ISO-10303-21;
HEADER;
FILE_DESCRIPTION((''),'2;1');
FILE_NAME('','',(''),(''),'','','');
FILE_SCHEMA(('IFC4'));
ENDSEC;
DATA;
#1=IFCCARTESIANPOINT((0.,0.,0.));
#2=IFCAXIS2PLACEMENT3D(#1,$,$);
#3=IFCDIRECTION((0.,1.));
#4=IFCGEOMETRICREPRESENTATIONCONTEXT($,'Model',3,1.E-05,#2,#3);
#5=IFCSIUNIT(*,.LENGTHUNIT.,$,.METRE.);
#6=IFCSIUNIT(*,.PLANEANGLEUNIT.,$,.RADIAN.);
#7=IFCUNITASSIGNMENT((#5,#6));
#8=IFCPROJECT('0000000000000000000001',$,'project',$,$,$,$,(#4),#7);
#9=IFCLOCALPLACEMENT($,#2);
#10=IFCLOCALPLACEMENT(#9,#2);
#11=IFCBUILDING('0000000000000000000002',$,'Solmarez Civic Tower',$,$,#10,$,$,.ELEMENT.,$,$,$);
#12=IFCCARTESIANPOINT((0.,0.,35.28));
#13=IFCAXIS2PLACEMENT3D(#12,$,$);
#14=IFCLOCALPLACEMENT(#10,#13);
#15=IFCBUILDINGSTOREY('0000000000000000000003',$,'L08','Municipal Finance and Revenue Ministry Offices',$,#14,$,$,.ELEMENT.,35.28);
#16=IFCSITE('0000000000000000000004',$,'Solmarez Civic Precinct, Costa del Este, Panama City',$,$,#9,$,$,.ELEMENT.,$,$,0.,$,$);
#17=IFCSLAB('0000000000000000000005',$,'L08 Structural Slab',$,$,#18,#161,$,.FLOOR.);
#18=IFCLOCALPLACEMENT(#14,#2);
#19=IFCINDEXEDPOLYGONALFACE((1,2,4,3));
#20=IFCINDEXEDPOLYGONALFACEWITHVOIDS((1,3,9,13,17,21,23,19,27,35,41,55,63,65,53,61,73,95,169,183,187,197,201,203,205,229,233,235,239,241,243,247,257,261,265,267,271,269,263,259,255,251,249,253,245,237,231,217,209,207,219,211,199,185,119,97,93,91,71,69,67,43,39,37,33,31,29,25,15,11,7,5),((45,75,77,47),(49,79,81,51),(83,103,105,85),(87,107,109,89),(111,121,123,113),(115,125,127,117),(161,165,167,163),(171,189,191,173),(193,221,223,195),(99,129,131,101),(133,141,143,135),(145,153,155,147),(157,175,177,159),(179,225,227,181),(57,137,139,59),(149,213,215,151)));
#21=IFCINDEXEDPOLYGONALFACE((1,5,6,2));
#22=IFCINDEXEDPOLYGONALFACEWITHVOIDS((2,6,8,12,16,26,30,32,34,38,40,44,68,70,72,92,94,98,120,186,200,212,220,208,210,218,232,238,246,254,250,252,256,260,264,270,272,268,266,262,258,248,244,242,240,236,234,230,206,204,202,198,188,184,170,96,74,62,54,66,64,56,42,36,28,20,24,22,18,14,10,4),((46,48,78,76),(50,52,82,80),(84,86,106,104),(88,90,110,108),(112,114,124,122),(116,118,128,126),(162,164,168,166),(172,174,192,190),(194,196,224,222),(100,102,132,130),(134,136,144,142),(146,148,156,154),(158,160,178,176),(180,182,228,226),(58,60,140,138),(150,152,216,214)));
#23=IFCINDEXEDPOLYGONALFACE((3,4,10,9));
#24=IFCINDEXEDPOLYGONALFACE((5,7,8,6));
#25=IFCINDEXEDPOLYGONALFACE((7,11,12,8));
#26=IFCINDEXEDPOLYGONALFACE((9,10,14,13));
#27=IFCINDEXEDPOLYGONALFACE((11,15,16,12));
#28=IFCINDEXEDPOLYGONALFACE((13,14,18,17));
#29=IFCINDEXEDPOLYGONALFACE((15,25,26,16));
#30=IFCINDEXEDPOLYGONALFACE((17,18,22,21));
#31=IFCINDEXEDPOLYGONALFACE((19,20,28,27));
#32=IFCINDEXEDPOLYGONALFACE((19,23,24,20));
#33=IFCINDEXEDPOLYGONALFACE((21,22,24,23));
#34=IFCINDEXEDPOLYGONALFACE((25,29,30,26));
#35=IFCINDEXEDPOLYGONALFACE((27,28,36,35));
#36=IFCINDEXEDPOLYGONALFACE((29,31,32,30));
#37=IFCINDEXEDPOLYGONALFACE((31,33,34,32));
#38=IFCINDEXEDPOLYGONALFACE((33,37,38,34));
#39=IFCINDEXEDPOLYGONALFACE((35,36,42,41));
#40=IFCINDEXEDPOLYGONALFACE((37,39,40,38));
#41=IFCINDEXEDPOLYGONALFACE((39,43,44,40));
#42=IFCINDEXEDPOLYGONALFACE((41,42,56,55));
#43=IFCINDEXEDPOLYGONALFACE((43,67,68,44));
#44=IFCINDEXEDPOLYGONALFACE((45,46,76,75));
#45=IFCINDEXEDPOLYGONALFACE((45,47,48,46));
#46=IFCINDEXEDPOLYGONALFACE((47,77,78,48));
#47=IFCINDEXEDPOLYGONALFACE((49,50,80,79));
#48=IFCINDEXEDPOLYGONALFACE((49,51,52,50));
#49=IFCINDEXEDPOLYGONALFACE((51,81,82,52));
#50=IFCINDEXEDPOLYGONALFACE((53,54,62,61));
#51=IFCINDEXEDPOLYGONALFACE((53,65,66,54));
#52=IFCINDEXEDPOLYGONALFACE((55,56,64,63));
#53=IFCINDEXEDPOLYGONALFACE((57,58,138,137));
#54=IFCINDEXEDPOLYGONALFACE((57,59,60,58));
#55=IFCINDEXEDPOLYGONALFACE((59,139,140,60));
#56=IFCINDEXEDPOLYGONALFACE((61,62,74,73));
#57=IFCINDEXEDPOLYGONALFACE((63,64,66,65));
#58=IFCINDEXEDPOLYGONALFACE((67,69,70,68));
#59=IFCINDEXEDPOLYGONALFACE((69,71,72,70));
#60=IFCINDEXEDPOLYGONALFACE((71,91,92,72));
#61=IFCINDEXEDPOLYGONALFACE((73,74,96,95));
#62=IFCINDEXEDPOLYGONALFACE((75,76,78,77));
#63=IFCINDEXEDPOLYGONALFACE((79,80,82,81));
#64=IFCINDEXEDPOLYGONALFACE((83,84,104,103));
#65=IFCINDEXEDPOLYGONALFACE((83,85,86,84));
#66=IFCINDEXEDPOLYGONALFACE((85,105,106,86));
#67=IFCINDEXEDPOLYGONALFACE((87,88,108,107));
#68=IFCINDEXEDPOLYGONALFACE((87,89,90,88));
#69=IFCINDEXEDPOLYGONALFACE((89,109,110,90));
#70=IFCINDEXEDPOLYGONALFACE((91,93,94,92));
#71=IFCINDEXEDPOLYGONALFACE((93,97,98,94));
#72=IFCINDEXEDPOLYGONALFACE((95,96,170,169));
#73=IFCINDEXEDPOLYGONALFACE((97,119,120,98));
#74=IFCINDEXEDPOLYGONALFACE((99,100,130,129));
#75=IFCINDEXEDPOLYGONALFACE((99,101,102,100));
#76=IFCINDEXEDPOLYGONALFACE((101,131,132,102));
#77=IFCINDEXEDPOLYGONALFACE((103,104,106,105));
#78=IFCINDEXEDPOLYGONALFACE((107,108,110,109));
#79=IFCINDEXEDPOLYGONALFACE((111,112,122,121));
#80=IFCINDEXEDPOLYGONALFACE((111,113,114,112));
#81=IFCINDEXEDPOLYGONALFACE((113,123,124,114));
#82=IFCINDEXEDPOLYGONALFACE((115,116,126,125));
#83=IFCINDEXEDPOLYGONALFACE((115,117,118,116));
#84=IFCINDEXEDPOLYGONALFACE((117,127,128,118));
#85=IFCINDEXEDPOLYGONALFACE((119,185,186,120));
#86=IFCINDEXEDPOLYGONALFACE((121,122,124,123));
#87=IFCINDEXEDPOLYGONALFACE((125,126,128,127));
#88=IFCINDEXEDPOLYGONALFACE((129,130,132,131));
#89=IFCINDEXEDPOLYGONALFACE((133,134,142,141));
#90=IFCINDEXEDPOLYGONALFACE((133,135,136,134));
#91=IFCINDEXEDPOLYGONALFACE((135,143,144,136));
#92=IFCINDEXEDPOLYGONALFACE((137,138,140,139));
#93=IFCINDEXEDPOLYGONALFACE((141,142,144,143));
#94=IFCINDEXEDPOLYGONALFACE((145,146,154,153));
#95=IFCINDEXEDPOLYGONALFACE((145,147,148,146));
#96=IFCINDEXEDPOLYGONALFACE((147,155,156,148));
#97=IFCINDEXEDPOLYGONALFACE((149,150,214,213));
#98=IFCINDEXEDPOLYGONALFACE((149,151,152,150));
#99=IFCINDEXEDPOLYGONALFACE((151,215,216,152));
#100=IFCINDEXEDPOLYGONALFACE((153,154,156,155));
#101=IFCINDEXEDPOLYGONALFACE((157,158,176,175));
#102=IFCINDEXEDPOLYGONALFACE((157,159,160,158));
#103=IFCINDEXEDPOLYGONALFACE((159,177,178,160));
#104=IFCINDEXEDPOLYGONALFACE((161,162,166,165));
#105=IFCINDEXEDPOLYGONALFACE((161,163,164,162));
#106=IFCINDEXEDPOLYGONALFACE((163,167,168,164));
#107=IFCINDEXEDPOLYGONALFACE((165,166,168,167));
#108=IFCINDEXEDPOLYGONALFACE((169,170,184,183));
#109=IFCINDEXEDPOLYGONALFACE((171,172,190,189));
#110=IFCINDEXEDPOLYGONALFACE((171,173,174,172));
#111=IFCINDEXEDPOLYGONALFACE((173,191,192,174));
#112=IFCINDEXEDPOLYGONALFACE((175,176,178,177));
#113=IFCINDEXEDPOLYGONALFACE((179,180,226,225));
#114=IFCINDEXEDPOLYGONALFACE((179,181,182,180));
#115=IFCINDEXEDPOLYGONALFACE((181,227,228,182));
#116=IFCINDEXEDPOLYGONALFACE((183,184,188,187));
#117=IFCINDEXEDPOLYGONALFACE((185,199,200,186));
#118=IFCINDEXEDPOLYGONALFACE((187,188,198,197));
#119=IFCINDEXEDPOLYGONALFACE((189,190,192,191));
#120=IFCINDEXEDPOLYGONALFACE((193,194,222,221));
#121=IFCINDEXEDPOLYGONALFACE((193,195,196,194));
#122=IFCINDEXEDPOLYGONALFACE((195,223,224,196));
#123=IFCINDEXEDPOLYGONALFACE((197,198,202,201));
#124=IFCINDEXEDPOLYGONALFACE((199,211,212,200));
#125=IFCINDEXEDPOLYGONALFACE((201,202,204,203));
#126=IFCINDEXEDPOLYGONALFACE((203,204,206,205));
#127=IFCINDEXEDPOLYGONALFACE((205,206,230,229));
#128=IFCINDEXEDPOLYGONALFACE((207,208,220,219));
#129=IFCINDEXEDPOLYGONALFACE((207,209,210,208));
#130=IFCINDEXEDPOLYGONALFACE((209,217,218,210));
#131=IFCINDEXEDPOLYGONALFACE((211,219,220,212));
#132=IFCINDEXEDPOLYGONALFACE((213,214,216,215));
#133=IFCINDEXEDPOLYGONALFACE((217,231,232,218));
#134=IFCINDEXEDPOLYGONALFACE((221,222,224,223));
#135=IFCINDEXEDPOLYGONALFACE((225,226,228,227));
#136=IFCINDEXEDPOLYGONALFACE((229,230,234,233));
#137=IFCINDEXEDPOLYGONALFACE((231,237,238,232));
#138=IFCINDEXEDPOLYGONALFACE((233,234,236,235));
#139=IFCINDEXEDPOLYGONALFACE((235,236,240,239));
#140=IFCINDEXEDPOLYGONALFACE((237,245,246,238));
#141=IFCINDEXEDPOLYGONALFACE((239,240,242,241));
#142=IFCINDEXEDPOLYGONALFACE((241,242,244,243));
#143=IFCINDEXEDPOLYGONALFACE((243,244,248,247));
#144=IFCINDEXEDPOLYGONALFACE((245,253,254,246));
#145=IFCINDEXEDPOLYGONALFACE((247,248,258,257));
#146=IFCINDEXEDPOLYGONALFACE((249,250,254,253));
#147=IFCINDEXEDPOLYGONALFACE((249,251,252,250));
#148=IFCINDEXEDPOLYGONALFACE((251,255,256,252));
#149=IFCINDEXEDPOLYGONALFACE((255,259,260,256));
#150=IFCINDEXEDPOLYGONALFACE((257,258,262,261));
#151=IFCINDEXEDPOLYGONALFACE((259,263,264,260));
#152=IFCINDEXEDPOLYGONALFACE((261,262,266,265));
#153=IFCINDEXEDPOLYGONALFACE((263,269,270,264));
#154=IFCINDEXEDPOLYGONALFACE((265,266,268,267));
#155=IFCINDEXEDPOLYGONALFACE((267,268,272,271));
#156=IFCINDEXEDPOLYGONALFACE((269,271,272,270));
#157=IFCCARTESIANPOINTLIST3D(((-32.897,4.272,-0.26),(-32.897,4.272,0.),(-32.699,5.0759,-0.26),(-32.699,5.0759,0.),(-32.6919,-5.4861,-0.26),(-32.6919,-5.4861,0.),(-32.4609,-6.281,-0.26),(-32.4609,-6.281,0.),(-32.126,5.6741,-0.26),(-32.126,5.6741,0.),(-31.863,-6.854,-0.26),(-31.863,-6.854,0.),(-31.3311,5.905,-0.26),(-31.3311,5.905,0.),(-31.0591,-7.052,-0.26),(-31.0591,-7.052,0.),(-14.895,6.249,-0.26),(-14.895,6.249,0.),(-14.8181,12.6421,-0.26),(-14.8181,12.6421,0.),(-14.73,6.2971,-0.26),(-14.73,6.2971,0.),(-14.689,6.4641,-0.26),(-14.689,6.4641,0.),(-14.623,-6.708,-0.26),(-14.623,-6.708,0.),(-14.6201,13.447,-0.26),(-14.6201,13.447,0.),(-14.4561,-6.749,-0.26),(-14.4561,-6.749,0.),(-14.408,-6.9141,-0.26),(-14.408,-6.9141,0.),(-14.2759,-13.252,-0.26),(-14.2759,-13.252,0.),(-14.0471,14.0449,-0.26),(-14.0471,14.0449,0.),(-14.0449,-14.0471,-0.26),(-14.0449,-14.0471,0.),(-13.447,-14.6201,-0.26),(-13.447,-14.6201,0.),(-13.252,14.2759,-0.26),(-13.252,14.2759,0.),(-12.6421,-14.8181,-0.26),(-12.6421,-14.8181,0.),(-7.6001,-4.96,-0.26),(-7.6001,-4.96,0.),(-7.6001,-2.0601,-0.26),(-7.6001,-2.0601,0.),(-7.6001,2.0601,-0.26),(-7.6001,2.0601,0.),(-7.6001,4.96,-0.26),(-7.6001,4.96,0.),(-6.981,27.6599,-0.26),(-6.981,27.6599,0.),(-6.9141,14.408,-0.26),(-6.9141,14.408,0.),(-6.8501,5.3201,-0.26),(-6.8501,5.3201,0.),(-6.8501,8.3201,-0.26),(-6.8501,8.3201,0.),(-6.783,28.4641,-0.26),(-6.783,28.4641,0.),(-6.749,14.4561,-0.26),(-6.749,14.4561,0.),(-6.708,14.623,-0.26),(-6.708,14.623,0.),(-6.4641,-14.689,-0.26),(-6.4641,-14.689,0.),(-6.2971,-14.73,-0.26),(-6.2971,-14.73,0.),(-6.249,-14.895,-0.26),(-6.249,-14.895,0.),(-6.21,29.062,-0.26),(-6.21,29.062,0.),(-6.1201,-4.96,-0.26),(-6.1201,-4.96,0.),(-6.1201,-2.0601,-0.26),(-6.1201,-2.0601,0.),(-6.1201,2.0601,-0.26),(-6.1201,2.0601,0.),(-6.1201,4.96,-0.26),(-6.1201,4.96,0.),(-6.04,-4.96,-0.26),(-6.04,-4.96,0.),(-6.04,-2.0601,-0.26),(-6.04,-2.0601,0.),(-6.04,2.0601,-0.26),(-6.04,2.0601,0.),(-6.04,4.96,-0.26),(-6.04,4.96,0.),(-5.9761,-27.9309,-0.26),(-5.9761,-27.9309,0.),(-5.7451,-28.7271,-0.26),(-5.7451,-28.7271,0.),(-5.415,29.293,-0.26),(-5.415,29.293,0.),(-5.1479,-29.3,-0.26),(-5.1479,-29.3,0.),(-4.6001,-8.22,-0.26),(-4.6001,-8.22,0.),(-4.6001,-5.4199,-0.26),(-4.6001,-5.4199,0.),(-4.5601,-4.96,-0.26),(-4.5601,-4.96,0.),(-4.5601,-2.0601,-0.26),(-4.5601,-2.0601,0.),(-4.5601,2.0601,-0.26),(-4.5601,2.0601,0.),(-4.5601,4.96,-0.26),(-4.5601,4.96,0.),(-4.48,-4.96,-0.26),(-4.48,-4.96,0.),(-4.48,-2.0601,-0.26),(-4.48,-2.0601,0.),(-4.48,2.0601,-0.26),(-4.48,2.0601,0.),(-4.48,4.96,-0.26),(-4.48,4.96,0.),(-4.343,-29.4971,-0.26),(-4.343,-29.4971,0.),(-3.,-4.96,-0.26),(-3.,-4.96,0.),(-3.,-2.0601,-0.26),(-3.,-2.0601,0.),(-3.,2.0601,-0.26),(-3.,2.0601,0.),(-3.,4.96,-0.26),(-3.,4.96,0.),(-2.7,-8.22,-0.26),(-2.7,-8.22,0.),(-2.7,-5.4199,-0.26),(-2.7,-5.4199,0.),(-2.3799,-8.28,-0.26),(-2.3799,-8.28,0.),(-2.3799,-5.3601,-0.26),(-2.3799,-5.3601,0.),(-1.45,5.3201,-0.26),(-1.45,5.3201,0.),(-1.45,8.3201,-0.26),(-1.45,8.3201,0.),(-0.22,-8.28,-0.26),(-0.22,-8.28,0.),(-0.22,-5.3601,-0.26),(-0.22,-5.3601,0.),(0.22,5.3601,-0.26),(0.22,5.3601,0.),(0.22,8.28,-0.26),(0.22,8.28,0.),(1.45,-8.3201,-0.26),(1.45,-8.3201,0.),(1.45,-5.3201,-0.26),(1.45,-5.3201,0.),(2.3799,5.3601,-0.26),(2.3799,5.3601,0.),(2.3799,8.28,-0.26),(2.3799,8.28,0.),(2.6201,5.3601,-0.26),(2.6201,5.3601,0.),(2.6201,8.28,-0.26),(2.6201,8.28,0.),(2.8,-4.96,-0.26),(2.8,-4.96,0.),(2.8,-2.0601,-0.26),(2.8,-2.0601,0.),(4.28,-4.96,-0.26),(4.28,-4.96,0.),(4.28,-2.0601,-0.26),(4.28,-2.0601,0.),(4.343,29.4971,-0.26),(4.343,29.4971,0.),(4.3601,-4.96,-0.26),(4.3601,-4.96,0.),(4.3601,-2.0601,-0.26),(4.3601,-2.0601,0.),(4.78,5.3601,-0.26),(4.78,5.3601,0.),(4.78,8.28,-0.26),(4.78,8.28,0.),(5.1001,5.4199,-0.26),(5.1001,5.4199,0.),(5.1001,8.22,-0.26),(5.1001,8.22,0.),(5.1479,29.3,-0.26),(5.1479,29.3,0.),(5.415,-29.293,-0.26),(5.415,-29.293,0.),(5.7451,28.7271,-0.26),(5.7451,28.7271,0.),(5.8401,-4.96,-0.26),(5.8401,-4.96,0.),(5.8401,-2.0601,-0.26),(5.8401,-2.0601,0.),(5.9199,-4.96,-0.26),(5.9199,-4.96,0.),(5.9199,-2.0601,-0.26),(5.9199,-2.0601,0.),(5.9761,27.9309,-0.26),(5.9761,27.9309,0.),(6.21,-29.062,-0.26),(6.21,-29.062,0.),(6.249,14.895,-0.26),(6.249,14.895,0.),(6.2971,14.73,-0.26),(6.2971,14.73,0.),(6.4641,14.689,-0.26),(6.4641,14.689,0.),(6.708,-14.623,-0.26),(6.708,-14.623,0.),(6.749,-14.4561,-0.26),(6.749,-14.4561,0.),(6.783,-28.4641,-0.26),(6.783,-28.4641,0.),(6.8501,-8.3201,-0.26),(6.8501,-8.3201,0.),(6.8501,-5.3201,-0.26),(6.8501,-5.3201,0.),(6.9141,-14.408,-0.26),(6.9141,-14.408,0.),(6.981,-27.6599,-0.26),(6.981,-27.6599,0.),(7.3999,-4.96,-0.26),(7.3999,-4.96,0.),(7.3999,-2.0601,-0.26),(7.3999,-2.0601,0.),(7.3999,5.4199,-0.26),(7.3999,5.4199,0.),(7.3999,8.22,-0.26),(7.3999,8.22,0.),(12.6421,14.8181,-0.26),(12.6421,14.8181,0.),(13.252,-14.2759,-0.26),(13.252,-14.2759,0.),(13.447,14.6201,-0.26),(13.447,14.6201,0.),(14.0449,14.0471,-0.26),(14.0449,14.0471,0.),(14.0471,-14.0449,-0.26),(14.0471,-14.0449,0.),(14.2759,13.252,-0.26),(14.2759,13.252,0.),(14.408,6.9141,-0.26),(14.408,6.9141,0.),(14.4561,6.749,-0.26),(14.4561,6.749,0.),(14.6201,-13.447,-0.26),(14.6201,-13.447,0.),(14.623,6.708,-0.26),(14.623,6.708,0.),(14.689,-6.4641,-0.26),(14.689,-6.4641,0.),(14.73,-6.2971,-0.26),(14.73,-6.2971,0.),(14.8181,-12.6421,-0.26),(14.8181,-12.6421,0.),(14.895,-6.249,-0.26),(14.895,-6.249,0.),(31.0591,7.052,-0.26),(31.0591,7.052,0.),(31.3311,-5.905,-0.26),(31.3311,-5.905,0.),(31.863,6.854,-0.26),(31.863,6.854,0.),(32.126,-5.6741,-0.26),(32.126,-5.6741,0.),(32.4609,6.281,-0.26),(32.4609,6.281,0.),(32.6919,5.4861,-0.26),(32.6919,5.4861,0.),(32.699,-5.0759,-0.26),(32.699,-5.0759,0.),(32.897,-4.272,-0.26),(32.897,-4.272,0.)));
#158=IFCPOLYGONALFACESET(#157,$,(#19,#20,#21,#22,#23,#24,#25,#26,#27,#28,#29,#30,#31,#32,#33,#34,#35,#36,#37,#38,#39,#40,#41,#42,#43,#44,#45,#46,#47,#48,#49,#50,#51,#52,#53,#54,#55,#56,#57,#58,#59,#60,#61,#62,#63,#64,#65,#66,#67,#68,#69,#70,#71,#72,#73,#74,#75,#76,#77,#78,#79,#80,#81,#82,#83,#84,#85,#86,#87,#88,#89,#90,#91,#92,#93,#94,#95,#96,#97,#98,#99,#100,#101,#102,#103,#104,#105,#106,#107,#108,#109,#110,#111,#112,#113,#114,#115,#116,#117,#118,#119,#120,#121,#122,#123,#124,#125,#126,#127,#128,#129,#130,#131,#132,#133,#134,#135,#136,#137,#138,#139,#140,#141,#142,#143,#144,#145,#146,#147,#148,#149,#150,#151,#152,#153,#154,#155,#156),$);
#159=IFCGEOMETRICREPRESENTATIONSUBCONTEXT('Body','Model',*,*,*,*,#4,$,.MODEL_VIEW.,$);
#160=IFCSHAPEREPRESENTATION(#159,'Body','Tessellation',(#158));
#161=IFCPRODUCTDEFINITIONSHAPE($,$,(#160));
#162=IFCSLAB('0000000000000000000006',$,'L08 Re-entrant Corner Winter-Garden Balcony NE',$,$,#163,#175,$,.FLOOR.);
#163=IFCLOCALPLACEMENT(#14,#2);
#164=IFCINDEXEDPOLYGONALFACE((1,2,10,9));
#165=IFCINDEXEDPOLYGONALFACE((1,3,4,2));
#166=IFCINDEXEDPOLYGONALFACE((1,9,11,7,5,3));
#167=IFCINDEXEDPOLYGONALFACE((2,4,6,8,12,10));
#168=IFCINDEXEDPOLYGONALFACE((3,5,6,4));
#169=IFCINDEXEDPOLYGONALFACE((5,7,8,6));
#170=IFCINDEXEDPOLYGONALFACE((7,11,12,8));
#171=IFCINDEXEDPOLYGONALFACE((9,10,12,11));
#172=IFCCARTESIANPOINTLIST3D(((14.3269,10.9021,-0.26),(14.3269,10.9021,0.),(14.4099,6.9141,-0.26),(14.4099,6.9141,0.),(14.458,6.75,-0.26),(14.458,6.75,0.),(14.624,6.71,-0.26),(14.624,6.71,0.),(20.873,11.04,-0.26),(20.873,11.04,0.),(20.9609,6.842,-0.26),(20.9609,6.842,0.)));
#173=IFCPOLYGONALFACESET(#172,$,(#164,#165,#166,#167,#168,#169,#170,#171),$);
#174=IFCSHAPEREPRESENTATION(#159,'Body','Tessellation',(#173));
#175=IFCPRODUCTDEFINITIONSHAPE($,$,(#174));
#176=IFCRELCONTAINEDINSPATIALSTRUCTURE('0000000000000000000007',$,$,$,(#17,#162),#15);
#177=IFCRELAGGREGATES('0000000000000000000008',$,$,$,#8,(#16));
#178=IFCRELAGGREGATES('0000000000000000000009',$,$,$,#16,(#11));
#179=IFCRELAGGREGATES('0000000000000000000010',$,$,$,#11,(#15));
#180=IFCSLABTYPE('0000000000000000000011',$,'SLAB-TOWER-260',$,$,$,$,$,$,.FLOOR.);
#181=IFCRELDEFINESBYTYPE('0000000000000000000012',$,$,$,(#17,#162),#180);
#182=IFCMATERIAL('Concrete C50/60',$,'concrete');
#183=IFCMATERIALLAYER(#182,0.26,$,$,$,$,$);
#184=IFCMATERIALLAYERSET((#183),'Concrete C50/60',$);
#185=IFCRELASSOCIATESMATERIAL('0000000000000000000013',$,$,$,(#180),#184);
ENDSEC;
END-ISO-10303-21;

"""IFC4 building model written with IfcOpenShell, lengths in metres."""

from ifc_helpers import new_model, si_unit, direction, frame, origin, place, context, subcontext, project, spatial, polyline, outline, extrude, material, layer, layer_set, type_object, element, save


model = new_model("IFC4")

# Units and contexts
model_context = context("Model", 3, precision=1e-05, world=origin(), true_north=direction((0.0, 1.0)))
body_context = subcontext(model_context, "Body", "Model", "MODEL_VIEW")
ifc_project = project(units=[si_unit("LENGTHUNIT", "METRE"), si_unit("PLANEANGLEUNIT", "RADIAN")], contexts=[model_context])

# Site, building, storey
site_placement = place(None, origin())
site = spatial("IfcSite", under=ifc_project, at=site_placement, Name="Solmarez Civic Precinct, Costa del Este, Panama City", CompositionType="ELEMENT", RefElevation=0.0)
building_placement = place(site_placement, origin())
building = spatial("IfcBuilding", under=site, at=building_placement, Name="Solmarez Civic Tower", CompositionType="ELEMENT")
storey_placement = place(building_placement, frame((0.0, 0.0, 35.28)))
storey = spatial("IfcBuildingStorey", under=building, at=storey_placement, Name="L08", Description="Municipal Finance and Revenue Ministry Offices", CompositionType="ELEMENT", Elevation=35.28)

# Slabs
ifc_material_1 = material(Name="Concrete C50/60", Category="concrete")
ifc_layer_1 = layer(ifc_material_1, 0.26)
ifc_layer_set_1 = layer_set([ifc_layer_1], Name="Concrete C50/60")
slab_type = type_object("IfcSlabType", Name="SLAB-TOWER-260", PredefinedType="FLOOR", material=ifc_layer_set_1)
slab_1_placement = place(storey_placement, frame((0.0, 0.0, -0.26)))
element("IfcSlab", 1, at=slab_1_placement, inside=storey, type_object=slab_type, Name="L08 Structural Slab", PredefinedType="FLOOR", context=body_context, shape_type="SweptSolid", body=[
    extrude(outline(polyline([(-14.408, -6.9141), (-14.2759, -13.252), (-14.0449, -14.0471), (-13.447, -14.6201), (-12.6421, -14.8181), (-6.4641, -14.689), (-6.2971, -14.73), (-6.249, -14.895), (-5.9761, -27.9309), (-5.7451, -28.7271), (-5.1479, -29.3), (-4.343, -29.4971), (5.415, -29.293), (6.21, -29.062), (6.783, -28.4641), (6.981, -27.6599), (6.708, -14.623), (6.749, -14.4561), (6.9141, -14.408), (13.252, -14.2759), (14.0471, -14.0449), (14.6201, -13.447), (14.8181, -12.6421), (14.689, -6.4641), (14.73, -6.2971), (14.895, -6.249), (31.3311, -5.905), (32.126, -5.6741), (32.699, -5.0759), (32.897, -4.272), (32.6919, 5.4861), (32.4609, 6.281), (31.863, 6.854), (31.0591, 7.052), (14.623, 6.708), (14.4561, 6.749), (14.408, 6.9141), (14.2759, 13.252), (14.0449, 14.0471), (13.447, 14.6201), (12.6421, 14.8181), (6.4641, 14.689), (6.2971, 14.73), (6.249, 14.895), (5.9761, 27.9309), (5.7451, 28.7271), (5.1479, 29.3), (4.343, 29.4971), (-5.415, 29.293), (-6.21, 29.062), (-6.783, 28.4641), (-6.981, 27.6599), (-6.708, 14.623), (-6.749, 14.4561), (-6.9141, 14.408), (-13.252, 14.2759), (-14.0471, 14.0449), (-14.6201, 13.447), (-14.8181, 12.6421), (-14.689, 6.4641), (-14.73, 6.2971), (-14.895, 6.249), (-31.3311, 5.905), (-32.126, 5.6741), (-32.699, 5.0759), (-32.897, 4.272), (-32.6919, -5.4861), (-32.4609, -6.281), (-31.863, -6.854), (-31.0591, -7.052), (-14.623, -6.708), (-14.4561, -6.749), (-14.408, -6.9141)]), holes=[polyline([(-1.45, 8.3201), (-6.8501, 8.3201), (-6.8501, 5.3201), (-1.45, 5.3201), (-1.45, 8.3201)]), polyline([(1.45, -8.3201), (6.8501, -8.3201), (6.8501, -5.3201), (1.45, -5.3201), (1.45, -8.3201)]), polyline([(0.22, 5.3601), (2.3799, 5.3601), (2.3799, 8.28), (0.22, 8.28), (0.22, 5.3601)]), polyline([(2.6201, 5.3601), (4.78, 5.3601), (4.78, 8.28), (2.6201, 8.28), (2.6201, 5.3601)]), polyline([(-2.3799, -8.28), (-0.22, -8.28), (-0.22, -5.3601), (-2.3799, -5.3601), (-2.3799, -8.28)]), polyline([(2.8, -4.96), (4.28, -4.96), (4.28, -2.0601), (2.8, -2.0601), (2.8, -4.96)]), polyline([(4.3601, -4.96), (5.8401, -4.96), (5.8401, -2.0601), (4.3601, -2.0601), (4.3601, -4.96)]), polyline([(5.9199, -4.96), (7.3999, -4.96), (7.3999, -2.0601), (5.9199, -2.0601), (5.9199, -4.96)]), polyline([(-7.6001, -4.96), (-6.1201, -4.96), (-6.1201, -2.0601), (-7.6001, -2.0601), (-7.6001, -4.96)]), polyline([(-6.04, -4.96), (-4.5601, -4.96), (-4.5601, -2.0601), (-6.04, -2.0601), (-6.04, -4.96)]), polyline([(-4.48, -4.96), (-3.0, -4.96), (-3.0, -2.0601), (-4.48, -2.0601), (-4.48, -4.96)]), polyline([(-7.6001, 2.0601), (-6.1201, 2.0601), (-6.1201, 4.96), (-7.6001, 4.96), (-7.6001, 2.0601)]), polyline([(-6.04, 2.0601), (-4.5601, 2.0601), (-4.5601, 4.96), (-6.04, 4.96), (-6.04, 2.0601)]), polyline([(-4.48, 2.0601), (-3.0, 2.0601), (-3.0, 4.96), (-4.48, 4.96), (-4.48, 2.0601)]), polyline([(5.1001, 5.4199), (7.3999, 5.4199), (7.3999, 8.22), (5.1001, 8.22), (5.1001, 5.4199)]), polyline([(-4.6001, -8.22), (-2.7, -8.22), (-2.7, -5.4199), (-4.6001, -5.4199), (-4.6001, -8.22)])]), origin(), (0.0, 0.0, 1.0), 0.26),
])
slab_2_placement = place(storey_placement, frame((0.0, 0.0, -0.26)))
element("IfcSlab", 2, at=slab_2_placement, inside=storey, type_object=slab_type, Name="L08 Re-entrant Corner Winter-Garden Balcony NE", PredefinedType="FLOOR", context=body_context, shape_type="SweptSolid", body=[
    extrude(outline(polyline([(14.3269, 10.9021), (14.4099, 6.9141), (14.458, 6.75), (14.624, 6.71), (20.9609, 6.842), (20.873, 11.04), (14.3269, 10.9021)])), origin(), (0.0, 0.0, 1.0), 0.26),
])

save(model, "model.ifc")
